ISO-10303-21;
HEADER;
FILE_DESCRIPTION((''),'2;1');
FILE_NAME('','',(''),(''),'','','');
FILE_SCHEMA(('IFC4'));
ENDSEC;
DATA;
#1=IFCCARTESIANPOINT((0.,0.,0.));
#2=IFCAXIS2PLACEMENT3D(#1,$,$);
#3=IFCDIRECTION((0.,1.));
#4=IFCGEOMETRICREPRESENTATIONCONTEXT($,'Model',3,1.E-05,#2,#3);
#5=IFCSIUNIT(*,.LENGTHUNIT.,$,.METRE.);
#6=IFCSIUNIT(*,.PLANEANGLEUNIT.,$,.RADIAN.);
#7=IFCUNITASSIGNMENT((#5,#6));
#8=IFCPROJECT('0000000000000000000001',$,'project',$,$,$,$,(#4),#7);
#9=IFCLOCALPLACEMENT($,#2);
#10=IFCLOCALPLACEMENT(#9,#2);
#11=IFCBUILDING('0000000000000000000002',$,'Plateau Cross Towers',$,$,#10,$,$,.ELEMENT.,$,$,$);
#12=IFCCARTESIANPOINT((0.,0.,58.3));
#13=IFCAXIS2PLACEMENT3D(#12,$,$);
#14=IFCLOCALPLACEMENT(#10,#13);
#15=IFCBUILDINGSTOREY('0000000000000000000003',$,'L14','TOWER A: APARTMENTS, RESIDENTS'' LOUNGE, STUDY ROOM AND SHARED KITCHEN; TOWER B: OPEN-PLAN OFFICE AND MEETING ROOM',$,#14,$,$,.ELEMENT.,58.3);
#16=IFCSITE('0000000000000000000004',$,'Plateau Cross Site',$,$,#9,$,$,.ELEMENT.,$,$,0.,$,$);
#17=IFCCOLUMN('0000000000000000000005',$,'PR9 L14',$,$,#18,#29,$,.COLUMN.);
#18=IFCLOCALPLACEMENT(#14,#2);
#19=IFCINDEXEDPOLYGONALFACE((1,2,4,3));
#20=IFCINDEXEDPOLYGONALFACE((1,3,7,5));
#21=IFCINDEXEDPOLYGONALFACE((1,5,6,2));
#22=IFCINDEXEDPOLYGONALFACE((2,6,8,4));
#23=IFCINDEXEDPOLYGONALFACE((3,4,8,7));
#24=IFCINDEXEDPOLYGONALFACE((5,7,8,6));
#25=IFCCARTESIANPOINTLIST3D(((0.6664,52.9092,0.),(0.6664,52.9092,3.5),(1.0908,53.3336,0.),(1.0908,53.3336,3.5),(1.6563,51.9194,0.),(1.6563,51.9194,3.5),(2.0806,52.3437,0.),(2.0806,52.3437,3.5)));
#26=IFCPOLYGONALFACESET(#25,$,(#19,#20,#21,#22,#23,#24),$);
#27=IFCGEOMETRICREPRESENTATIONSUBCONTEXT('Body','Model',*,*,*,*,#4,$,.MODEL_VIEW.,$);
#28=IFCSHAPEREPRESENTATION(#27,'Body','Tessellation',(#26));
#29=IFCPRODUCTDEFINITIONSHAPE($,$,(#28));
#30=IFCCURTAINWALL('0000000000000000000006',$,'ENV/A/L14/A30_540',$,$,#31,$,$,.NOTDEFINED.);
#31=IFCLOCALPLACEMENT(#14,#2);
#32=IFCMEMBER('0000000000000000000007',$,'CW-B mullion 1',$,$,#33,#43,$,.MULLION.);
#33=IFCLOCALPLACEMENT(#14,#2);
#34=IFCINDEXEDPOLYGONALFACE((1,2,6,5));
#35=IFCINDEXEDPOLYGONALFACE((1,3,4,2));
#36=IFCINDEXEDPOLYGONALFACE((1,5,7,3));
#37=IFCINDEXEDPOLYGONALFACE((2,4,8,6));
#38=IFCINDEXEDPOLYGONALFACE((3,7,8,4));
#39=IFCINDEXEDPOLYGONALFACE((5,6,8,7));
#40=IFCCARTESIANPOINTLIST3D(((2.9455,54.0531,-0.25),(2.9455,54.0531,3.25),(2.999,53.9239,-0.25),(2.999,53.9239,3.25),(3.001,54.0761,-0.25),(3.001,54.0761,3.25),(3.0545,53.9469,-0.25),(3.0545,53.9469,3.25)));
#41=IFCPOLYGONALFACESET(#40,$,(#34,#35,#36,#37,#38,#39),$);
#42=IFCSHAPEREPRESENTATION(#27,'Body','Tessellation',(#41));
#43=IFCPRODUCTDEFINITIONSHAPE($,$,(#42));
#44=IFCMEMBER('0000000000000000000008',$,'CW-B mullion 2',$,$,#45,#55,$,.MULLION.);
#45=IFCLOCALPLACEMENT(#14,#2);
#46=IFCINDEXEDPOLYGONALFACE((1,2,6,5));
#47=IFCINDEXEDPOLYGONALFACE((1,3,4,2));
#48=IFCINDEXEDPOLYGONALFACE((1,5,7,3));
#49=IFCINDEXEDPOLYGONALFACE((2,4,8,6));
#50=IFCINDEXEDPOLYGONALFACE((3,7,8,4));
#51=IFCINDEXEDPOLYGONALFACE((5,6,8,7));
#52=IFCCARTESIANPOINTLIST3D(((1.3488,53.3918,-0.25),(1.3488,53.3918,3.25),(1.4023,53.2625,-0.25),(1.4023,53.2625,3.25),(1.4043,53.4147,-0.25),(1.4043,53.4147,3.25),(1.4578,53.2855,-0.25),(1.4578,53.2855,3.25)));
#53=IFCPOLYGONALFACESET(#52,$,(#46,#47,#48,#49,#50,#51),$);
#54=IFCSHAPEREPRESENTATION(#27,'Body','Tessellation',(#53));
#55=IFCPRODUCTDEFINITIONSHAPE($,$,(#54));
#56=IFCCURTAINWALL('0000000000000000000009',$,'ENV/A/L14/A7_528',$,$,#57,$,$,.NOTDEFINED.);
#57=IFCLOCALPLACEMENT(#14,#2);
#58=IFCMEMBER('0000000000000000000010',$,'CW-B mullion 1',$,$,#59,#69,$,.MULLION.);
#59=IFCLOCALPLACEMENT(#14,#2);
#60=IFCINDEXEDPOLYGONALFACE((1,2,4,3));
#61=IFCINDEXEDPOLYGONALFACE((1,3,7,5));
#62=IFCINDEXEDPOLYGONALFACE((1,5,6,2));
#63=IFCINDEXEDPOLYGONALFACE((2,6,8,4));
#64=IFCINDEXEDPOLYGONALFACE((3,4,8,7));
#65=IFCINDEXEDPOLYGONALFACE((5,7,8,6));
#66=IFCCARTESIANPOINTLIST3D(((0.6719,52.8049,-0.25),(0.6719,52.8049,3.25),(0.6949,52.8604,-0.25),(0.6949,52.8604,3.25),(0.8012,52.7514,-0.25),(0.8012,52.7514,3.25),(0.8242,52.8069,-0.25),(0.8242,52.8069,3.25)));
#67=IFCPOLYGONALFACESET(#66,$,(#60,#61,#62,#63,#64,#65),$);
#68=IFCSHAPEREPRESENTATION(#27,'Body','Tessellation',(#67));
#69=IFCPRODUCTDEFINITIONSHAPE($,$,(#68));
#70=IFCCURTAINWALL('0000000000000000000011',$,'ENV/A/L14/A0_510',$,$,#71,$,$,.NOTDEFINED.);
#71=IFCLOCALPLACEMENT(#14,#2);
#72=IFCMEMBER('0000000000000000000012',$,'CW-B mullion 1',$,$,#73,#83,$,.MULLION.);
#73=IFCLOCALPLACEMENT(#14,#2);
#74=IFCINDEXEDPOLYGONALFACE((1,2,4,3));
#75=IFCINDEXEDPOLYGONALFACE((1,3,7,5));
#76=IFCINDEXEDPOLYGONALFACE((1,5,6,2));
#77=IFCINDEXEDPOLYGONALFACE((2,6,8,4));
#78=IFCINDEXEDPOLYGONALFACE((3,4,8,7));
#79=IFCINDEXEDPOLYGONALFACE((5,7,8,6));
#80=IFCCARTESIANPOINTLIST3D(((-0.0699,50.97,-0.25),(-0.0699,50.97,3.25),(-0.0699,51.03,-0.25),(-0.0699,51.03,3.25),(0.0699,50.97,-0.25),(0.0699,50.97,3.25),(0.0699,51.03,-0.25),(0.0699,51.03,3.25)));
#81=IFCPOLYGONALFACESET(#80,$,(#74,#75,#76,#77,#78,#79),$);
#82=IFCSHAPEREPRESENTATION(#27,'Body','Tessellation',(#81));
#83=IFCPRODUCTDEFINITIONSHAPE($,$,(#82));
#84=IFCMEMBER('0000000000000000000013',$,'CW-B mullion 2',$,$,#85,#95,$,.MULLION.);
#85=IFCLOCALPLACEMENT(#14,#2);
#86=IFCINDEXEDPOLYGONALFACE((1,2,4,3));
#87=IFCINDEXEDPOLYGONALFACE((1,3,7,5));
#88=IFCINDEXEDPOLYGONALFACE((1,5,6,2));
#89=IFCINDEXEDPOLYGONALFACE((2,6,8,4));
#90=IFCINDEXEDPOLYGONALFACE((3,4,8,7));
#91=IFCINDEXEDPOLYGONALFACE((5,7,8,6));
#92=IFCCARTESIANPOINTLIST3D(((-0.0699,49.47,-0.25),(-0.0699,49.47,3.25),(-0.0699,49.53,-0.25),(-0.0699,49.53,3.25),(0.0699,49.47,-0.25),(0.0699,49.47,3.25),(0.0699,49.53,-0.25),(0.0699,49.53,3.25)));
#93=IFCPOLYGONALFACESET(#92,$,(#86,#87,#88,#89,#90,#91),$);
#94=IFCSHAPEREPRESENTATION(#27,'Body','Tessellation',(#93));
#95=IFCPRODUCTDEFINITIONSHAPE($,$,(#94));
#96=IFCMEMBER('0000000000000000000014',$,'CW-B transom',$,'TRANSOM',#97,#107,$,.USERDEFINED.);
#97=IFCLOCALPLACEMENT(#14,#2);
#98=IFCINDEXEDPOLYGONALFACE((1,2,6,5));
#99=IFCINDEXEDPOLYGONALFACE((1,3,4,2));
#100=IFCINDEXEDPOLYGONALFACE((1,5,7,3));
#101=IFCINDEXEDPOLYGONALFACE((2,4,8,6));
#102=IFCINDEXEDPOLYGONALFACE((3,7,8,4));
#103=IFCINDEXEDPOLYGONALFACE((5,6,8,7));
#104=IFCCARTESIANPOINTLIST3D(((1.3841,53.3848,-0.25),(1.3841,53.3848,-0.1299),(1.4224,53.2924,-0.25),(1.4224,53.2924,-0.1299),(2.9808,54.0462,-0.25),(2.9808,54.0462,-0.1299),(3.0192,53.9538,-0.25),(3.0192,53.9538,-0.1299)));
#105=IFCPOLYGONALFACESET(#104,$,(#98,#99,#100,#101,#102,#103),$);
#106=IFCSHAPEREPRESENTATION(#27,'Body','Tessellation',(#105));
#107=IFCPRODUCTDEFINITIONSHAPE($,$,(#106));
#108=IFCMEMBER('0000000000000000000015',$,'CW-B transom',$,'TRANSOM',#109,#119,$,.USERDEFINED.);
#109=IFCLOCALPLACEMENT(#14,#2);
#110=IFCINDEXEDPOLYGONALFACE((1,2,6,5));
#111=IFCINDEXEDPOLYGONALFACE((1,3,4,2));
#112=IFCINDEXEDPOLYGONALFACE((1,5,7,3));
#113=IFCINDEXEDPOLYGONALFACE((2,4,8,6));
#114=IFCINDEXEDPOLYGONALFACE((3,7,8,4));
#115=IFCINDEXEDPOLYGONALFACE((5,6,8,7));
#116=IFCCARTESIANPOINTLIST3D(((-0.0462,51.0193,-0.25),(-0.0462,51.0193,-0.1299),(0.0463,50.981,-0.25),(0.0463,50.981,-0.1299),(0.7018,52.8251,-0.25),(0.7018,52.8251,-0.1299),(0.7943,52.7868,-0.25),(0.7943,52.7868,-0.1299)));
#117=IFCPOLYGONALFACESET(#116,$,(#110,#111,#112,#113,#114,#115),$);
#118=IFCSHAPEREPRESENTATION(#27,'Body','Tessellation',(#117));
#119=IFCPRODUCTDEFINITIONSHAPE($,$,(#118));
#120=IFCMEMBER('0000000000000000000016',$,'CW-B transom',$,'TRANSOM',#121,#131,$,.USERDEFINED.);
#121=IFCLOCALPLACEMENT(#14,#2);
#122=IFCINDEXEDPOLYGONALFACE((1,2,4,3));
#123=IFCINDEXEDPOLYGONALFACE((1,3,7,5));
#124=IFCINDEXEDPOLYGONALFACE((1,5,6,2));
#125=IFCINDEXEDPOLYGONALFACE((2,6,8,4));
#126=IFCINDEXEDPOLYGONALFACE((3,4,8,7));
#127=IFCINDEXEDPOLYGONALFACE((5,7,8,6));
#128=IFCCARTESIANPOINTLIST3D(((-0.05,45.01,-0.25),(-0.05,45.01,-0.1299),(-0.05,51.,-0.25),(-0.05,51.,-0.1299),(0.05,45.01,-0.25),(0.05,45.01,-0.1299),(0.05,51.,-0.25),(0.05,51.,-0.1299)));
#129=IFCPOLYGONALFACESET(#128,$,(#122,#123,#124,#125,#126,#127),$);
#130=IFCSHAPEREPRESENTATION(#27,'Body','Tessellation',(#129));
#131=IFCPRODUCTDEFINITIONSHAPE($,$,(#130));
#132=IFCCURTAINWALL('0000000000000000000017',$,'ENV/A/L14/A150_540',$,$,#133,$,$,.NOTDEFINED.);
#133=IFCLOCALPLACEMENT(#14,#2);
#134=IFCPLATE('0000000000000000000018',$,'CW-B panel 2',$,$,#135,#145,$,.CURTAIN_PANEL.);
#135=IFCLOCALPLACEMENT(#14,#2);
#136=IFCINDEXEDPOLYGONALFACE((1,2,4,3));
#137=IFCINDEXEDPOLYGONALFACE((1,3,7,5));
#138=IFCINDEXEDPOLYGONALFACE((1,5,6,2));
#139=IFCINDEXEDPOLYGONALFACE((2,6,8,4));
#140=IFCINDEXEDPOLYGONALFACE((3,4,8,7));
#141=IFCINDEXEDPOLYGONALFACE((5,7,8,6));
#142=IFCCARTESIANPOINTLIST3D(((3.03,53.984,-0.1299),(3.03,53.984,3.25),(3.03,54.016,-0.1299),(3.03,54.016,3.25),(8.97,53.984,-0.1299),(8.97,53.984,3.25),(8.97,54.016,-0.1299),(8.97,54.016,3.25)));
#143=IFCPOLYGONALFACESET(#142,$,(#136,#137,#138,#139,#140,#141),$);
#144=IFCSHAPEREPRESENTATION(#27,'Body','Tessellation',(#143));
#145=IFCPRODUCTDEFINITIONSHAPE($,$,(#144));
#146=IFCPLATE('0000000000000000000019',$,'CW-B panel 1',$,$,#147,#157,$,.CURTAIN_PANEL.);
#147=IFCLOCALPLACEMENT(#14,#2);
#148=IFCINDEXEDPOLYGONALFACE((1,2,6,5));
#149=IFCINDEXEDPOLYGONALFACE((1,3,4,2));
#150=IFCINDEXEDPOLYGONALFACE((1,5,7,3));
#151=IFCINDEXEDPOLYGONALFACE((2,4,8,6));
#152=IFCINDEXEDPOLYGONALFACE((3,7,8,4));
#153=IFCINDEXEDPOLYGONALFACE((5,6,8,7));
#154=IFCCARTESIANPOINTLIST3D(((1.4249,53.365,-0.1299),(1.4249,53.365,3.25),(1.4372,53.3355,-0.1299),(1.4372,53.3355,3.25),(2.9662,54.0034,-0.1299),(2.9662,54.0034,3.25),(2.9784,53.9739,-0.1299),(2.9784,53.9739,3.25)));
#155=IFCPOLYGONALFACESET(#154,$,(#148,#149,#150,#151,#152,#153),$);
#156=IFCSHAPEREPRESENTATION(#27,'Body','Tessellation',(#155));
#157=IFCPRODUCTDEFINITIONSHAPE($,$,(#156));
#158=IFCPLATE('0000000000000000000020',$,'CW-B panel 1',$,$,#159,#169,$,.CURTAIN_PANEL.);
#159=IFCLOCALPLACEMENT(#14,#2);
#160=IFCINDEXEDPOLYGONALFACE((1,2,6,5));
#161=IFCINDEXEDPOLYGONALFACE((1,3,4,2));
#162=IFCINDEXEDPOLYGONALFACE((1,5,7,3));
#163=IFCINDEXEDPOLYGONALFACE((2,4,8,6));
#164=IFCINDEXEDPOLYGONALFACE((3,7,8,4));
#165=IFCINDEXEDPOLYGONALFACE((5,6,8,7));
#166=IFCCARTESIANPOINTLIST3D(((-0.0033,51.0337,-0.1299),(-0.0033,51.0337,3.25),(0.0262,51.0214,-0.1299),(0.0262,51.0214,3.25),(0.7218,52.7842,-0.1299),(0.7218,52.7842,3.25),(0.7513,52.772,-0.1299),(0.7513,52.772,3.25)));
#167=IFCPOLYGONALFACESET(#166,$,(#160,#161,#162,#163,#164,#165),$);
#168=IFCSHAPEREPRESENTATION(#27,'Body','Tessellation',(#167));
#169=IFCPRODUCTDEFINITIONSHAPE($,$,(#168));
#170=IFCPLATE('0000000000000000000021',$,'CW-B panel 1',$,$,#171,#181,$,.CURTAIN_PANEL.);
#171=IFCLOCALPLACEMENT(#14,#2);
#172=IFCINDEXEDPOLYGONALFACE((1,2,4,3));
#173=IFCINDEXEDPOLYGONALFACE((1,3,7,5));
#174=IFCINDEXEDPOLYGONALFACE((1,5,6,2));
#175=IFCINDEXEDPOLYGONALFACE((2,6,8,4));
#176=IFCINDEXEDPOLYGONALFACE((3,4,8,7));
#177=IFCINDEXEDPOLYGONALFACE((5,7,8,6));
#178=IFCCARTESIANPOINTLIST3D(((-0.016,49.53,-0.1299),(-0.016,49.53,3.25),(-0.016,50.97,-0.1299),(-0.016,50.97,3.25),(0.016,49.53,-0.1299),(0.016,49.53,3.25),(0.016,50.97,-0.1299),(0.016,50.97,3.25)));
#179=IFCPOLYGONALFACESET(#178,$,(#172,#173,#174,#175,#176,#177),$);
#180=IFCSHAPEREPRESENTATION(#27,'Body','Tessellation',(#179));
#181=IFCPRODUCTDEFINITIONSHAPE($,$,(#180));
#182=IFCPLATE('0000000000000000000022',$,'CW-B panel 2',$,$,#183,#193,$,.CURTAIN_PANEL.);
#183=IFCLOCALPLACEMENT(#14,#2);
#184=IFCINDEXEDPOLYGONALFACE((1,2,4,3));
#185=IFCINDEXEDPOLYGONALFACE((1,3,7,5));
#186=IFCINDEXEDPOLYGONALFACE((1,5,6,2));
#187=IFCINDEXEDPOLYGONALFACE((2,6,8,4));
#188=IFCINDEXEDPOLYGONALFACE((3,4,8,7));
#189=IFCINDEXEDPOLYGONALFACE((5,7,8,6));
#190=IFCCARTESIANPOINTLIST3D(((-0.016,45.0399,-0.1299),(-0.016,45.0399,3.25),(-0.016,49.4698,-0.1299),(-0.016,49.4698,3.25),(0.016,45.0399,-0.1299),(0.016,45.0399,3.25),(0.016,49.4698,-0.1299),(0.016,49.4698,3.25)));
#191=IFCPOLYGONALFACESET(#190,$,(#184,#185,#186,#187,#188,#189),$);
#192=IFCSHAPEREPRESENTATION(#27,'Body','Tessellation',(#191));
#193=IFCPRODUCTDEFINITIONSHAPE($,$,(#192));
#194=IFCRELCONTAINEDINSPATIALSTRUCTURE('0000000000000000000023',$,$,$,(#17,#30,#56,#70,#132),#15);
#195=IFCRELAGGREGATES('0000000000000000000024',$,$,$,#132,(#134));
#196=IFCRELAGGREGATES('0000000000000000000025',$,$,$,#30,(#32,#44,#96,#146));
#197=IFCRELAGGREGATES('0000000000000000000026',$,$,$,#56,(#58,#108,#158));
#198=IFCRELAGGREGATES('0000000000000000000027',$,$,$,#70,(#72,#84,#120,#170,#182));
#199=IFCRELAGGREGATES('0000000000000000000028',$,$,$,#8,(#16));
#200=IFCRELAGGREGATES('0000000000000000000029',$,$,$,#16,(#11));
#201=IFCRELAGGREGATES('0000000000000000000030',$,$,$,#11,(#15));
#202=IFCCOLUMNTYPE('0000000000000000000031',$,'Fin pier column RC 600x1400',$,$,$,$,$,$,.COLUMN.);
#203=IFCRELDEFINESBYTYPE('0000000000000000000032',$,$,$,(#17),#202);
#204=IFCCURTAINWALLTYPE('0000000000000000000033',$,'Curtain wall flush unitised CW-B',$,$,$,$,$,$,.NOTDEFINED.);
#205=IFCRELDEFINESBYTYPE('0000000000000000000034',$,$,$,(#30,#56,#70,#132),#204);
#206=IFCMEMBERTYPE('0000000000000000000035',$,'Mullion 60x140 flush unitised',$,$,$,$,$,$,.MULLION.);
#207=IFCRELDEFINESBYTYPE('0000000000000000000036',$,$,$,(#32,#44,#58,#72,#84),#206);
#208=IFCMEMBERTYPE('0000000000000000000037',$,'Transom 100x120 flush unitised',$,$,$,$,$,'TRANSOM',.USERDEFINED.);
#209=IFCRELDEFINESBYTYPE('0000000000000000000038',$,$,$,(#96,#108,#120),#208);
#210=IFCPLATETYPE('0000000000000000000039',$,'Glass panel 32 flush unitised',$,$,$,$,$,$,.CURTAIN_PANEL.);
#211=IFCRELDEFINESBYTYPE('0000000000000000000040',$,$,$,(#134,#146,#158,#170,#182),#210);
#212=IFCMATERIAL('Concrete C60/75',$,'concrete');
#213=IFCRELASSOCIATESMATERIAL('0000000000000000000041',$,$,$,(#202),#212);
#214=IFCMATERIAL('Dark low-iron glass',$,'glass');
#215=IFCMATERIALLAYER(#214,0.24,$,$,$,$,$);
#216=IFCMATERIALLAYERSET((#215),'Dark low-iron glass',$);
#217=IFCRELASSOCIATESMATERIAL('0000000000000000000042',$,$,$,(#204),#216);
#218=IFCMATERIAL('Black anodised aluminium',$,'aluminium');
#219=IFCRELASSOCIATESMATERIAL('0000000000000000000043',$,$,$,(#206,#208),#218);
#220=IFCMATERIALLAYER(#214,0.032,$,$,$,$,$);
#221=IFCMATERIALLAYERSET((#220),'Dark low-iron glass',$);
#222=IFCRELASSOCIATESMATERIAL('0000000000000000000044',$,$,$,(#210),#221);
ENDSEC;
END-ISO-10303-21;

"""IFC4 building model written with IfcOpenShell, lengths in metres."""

from ifc_helpers import new_model, si_unit, direction, frame, origin, origin_2d, place, context, subcontext, project, spatial, rectangle, extrude, material, layer, layer_set, material_profile, profile_set, type_object, element, aggregate, save


model = new_model("IFC4")

# Units and contexts
model_context = context("Model", 3, precision=1e-05, world=origin(), true_north=direction((0.0, 1.0)))
body_context = subcontext(model_context, "Body", "Model", "MODEL_VIEW")
ifc_project = project(units=[si_unit("LENGTHUNIT", "METRE"), si_unit("PLANEANGLEUNIT", "RADIAN")], contexts=[model_context])

# Site, building, storey
site_placement = place(None, origin())
site = spatial("IfcSite", under=ifc_project, at=site_placement, Name="Plateau Cross Site", CompositionType="ELEMENT", RefElevation=0.0)
building_placement = place(site_placement, origin())
building = spatial("IfcBuilding", under=site, at=building_placement, Name="Plateau Cross Towers", CompositionType="ELEMENT")
storey_placement = place(building_placement, frame((0.0, 0.0, 58.3)))
storey = spatial("IfcBuildingStorey", under=building, at=storey_placement, Name="L14", Description="TOWER A: APARTMENTS, RESIDENTS' LOUNGE, STUDY ROOM AND SHARED KITCHEN; TOWER B: OPEN-PLAN OFFICE AND MEETING ROOM", CompositionType="ELEMENT", Elevation=58.3)

# Column
ifc_material_1 = material(Name="Concrete C60/75", Category="concrete")
ifc_material_profile_1 = material_profile(ifc_material_1, rectangle(XDim=0.6001, YDim=1.3999, at=origin_2d()), Name="RC 600x1400")
ifc_profile_set_1 = profile_set([ifc_material_profile_1], Name="Concrete C60/75")
column_type = type_object("IfcColumnType", Name="Fin pier column RC 600x1400", PredefinedType="COLUMN", material=ifc_profile_set_1)
column_placement = place(storey_placement, frame((1.3735, 52.6265, 0.0), z_axis=(0.0, 0.0, 1.0), x_axis=(0.707107, 0.707107, 0.0)))
element("IfcColumn", 1, at=column_placement, inside=storey, type_object=column_type, Name="PR9 L14", PredefinedType="COLUMN", context=body_context, shape_type="SweptSolid", body=[
    extrude(rectangle(XDim=0.6001, YDim=1.3999, at=origin_2d()), origin(), (0.0, 0.0, 1.0), 3.5),
])

# Curtain wall, members
ifc_material_2 = material(Name="Dark low-iron glass", Category="glass")
ifc_layer_1 = layer(ifc_material_2, 0.24)
ifc_layer_set_1 = layer_set([ifc_layer_1], Name="Dark low-iron glass")
curtain_wall_type = type_object("IfcCurtainWallType", Name="Curtain wall flush unitised CW-B", PredefinedType="NOTDEFINED", material=ifc_layer_set_1)
curtain_wall_1_placement = place(storey_placement, origin())
curtain_wall_1 = element("IfcCurtainWall", 2, at=curtain_wall_1_placement, inside=storey, type_object=curtain_wall_type, Name="ENV/A/L14/A30_540", PredefinedType="NOTDEFINED")
ifc_material_3 = material(Name="Black anodised aluminium", Category="aluminium")
ifc_material_profile_2 = material_profile(ifc_material_3, rectangle(XDim=0.0601, YDim=0.1399, at=origin_2d()), Name="MULLION 60x140")
ifc_profile_set_2 = profile_set([ifc_material_profile_2], Name="Black anodised aluminium")
member_type_1 = type_object("IfcMemberType", Name="Mullion 60x140 flush unitised", PredefinedType="MULLION", material=ifc_profile_set_2)
member_1_placement = place(storey_placement, frame((3.0, 54.0, -0.25), z_axis=(0.0, 0.0, 1.0), x_axis=(-0.923879, -0.382684, 0.0)))
member_1 = element("IfcMember", 3, at=member_1_placement, type_object=member_type_1, Name="CW-B mullion 1", PredefinedType="MULLION", context=body_context, shape_type="SweptSolid", body=[
    extrude(rectangle(XDim=0.0601, YDim=0.1399, at=origin_2d()), origin(), (0.0, 0.0, 1.0), 3.5),
])
member_2_placement = place(storey_placement, frame((1.4033, 53.3386, -0.25), z_axis=(0.0, 0.0, 1.0), x_axis=(-0.923879, -0.382684, 0.0)))
member_2 = element("IfcMember", 4, at=member_2_placement, type_object=member_type_1, Name="CW-B mullion 2", PredefinedType="MULLION", context=body_context, shape_type="SweptSolid", body=[
    extrude(rectangle(XDim=0.0601, YDim=0.1399, at=origin_2d()), origin(), (0.0, 0.0, 1.0), 3.5),
])

# Curtain wall, member
curtain_wall_2_placement = place(storey_placement, origin())
curtain_wall_2 = element("IfcCurtainWall", 5, at=curtain_wall_2_placement, inside=storey, type_object=curtain_wall_type, Name="ENV/A/L14/A7_528", PredefinedType="NOTDEFINED")
member_3_placement = place(storey_placement, frame((0.748, 52.8059, -0.25), z_axis=(0.0, 0.0, 1.0), x_axis=(-0.382684, -0.923879, 0.0)))
member_3 = element("IfcMember", 6, at=member_3_placement, type_object=member_type_1, Name="CW-B mullion 1", PredefinedType="MULLION", context=body_context, shape_type="SweptSolid", body=[
    extrude(rectangle(XDim=0.0601, YDim=0.1399, at=origin_2d()), origin(), (0.0, 0.0, 1.0), 3.5),
])

# Curtain wall, members
curtain_wall_3_placement = place(storey_placement, origin())
curtain_wall_3 = element("IfcCurtainWall", 7, at=curtain_wall_3_placement, inside=storey, type_object=curtain_wall_type, Name="ENV/A/L14/A0_510", PredefinedType="NOTDEFINED")
member_4_placement = place(storey_placement, frame((0.0, 51.0, -0.25), z_axis=(0.0, 0.0, 1.0), x_axis=(0.0, -1.0, 0.0)))
member_4 = element("IfcMember", 8, at=member_4_placement, type_object=member_type_1, Name="CW-B mullion 1", PredefinedType="MULLION", context=body_context, shape_type="SweptSolid", body=[
    extrude(rectangle(XDim=0.0601, YDim=0.1399, at=origin_2d()), origin(), (0.0, 0.0, 1.0), 3.5),
])
member_5_placement = place(storey_placement, frame((0.0, 49.5, -0.25), z_axis=(0.0, 0.0, 1.0), x_axis=(0.0, -1.0, 0.0)))
member_5 = element("IfcMember", 9, at=member_5_placement, type_object=member_type_1, Name="CW-B mullion 2", PredefinedType="MULLION", context=body_context, shape_type="SweptSolid", body=[
    extrude(rectangle(XDim=0.0601, YDim=0.1399, at=origin_2d()), origin(), (0.0, 0.0, 1.0), 3.5),
])

# Members
ifc_material_profile_3 = material_profile(ifc_material_3, rectangle(XDim=0.1001, YDim=0.1201, at=origin_2d()), Name="TRANSOM 100x120")
ifc_profile_set_3 = profile_set([ifc_material_profile_3], Name="Black anodised aluminium")
member_type_2 = type_object("IfcMemberType", Name="Transom 100x120 flush unitised", ElementType="TRANSOM", PredefinedType="USERDEFINED", material=ifc_profile_set_3)
member_6_placement = place(storey_placement, frame((3.0, 54.0, -0.1899), z_axis=(-0.923877, -0.382689, 0.0), x_axis=(0.382689, -0.923877, 0.0)))
member_6 = element("IfcMember", 10, at=member_6_placement, type_object=member_type_2, Name="CW-B transom", ObjectType="TRANSOM", PredefinedType="USERDEFINED", context=body_context, shape_type="SweptSolid", body=[
    extrude(rectangle(XDim=0.1001, YDim=0.1201, at=origin_2d()), origin(), (0.0, 0.0, 1.0), 1.7283),
])
member_7_placement = place(storey_placement, frame((0.748, 52.8059, -0.1899), z_axis=(-0.38269, -0.923877, 0.0), x_axis=(0.923877, -0.38269, 0.0)))
member_7 = element("IfcMember", 11, at=member_7_placement, type_object=member_type_2, Name="CW-B transom", ObjectType="TRANSOM", PredefinedType="USERDEFINED", context=body_context, shape_type="SweptSolid", body=[
    extrude(rectangle(XDim=0.1001, YDim=0.1201, at=origin_2d()), origin(), (0.0, 0.0, 1.0), 1.9546),
])
member_8_placement = place(storey_placement, frame((0.0, 51.0, -0.1899), z_axis=(0.0, -1.0, 0.0), x_axis=(1.0, 0.0, 0.0)))
member_8 = element("IfcMember", 12, at=member_8_placement, type_object=member_type_2, Name="CW-B transom", ObjectType="TRANSOM", PredefinedType="USERDEFINED", context=body_context, shape_type="SweptSolid", body=[
    extrude(rectangle(XDim=0.1001, YDim=0.1201, at=origin_2d()), origin(), (0.0, 0.0, 1.0), 5.99),
])

# Curtain wall, plate
curtain_wall_4_placement = place(storey_placement, origin())
curtain_wall_4 = element("IfcCurtainWall", 13, at=curtain_wall_4_placement, inside=storey, type_object=curtain_wall_type, Name="ENV/A/L14/A150_540", PredefinedType="NOTDEFINED")
ifc_layer_2 = layer(ifc_material_2, 0.032)
ifc_layer_set_2 = layer_set([ifc_layer_2], Name="Dark low-iron glass")
plate_type = type_object("IfcPlateType", Name="Glass panel 32 flush unitised", PredefinedType="CURTAIN_PANEL", material=ifc_layer_set_2)
plate_1_placement = place(storey_placement, frame((6.0, 54.0, -0.1299), z_axis=(0.0, 0.0, 1.0), x_axis=(-1.0, 0.0, 0.0)))
plate_1 = element("IfcPlate", 14, at=plate_1_placement, type_object=plate_type, Name="CW-B panel 2", PredefinedType="CURTAIN_PANEL", context=body_context, shape_type="SweptSolid", body=[
    extrude(rectangle(XDim=5.9399, YDim=0.032, at=origin_2d()), origin(), (0.0, 0.0, 1.0), 3.3799),
])
aggregate(curtain_wall_4, [plate_1])

# Plates
plate_2_placement = place(storey_placement, frame((2.2017, 53.6694, -0.1299), z_axis=(0.0, 0.0, 1.0), x_axis=(-0.923879, -0.382684, 0.0)))
plate_2 = element("IfcPlate", 15, at=plate_2_placement, type_object=plate_type, Name="CW-B panel 1", PredefinedType="CURTAIN_PANEL", context=body_context, shape_type="SweptSolid", body=[
    extrude(rectangle(XDim=1.6682, YDim=0.032, at=origin_2d()), origin(), (0.0, 0.0, 1.0), 3.3799),
])
aggregate(curtain_wall_1, [member_1, member_2, member_6, plate_2])
plate_3_placement = place(storey_placement, frame((0.374, 51.9028, -0.1299), z_axis=(0.0, 0.0, 1.0), x_axis=(-0.382684, -0.923879, 0.0)))
plate_3 = element("IfcPlate", 16, at=plate_3_placement, type_object=plate_type, Name="CW-B panel 1", PredefinedType="CURTAIN_PANEL", context=body_context, shape_type="SweptSolid", body=[
    extrude(rectangle(XDim=1.8948, YDim=0.032, at=origin_2d()), origin(), (0.0, 0.0, 1.0), 3.3799),
])
aggregate(curtain_wall_2, [member_3, member_7, plate_3])
plate_4_placement = place(storey_placement, frame((0.0, 50.25, -0.1299), z_axis=(0.0, 0.0, 1.0), x_axis=(0.0, -1.0, 0.0)))
plate_4 = element("IfcPlate", 17, at=plate_4_placement, type_object=plate_type, Name="CW-B panel 1", PredefinedType="CURTAIN_PANEL", context=body_context, shape_type="SweptSolid", body=[
    extrude(rectangle(XDim=1.4399, YDim=0.032, at=origin_2d()), origin(), (0.0, 0.0, 1.0), 3.3799),
])
plate_5_placement = place(storey_placement, frame((0.0, 47.2549, -0.1299), z_axis=(0.0, 0.0, 1.0), x_axis=(0.0, -1.0, 0.0)))
plate_5 = element("IfcPlate", 18, at=plate_5_placement, type_object=plate_type, Name="CW-B panel 2", PredefinedType="CURTAIN_PANEL", context=body_context, shape_type="SweptSolid", body=[
    extrude(rectangle(XDim=4.4299, YDim=0.032, at=origin_2d()), origin(), (0.0, 0.0, 1.0), 3.3799),
])
aggregate(curtain_wall_3, [member_4, member_5, member_8, plate_4, plate_5])

save(model, "model.ifc")
